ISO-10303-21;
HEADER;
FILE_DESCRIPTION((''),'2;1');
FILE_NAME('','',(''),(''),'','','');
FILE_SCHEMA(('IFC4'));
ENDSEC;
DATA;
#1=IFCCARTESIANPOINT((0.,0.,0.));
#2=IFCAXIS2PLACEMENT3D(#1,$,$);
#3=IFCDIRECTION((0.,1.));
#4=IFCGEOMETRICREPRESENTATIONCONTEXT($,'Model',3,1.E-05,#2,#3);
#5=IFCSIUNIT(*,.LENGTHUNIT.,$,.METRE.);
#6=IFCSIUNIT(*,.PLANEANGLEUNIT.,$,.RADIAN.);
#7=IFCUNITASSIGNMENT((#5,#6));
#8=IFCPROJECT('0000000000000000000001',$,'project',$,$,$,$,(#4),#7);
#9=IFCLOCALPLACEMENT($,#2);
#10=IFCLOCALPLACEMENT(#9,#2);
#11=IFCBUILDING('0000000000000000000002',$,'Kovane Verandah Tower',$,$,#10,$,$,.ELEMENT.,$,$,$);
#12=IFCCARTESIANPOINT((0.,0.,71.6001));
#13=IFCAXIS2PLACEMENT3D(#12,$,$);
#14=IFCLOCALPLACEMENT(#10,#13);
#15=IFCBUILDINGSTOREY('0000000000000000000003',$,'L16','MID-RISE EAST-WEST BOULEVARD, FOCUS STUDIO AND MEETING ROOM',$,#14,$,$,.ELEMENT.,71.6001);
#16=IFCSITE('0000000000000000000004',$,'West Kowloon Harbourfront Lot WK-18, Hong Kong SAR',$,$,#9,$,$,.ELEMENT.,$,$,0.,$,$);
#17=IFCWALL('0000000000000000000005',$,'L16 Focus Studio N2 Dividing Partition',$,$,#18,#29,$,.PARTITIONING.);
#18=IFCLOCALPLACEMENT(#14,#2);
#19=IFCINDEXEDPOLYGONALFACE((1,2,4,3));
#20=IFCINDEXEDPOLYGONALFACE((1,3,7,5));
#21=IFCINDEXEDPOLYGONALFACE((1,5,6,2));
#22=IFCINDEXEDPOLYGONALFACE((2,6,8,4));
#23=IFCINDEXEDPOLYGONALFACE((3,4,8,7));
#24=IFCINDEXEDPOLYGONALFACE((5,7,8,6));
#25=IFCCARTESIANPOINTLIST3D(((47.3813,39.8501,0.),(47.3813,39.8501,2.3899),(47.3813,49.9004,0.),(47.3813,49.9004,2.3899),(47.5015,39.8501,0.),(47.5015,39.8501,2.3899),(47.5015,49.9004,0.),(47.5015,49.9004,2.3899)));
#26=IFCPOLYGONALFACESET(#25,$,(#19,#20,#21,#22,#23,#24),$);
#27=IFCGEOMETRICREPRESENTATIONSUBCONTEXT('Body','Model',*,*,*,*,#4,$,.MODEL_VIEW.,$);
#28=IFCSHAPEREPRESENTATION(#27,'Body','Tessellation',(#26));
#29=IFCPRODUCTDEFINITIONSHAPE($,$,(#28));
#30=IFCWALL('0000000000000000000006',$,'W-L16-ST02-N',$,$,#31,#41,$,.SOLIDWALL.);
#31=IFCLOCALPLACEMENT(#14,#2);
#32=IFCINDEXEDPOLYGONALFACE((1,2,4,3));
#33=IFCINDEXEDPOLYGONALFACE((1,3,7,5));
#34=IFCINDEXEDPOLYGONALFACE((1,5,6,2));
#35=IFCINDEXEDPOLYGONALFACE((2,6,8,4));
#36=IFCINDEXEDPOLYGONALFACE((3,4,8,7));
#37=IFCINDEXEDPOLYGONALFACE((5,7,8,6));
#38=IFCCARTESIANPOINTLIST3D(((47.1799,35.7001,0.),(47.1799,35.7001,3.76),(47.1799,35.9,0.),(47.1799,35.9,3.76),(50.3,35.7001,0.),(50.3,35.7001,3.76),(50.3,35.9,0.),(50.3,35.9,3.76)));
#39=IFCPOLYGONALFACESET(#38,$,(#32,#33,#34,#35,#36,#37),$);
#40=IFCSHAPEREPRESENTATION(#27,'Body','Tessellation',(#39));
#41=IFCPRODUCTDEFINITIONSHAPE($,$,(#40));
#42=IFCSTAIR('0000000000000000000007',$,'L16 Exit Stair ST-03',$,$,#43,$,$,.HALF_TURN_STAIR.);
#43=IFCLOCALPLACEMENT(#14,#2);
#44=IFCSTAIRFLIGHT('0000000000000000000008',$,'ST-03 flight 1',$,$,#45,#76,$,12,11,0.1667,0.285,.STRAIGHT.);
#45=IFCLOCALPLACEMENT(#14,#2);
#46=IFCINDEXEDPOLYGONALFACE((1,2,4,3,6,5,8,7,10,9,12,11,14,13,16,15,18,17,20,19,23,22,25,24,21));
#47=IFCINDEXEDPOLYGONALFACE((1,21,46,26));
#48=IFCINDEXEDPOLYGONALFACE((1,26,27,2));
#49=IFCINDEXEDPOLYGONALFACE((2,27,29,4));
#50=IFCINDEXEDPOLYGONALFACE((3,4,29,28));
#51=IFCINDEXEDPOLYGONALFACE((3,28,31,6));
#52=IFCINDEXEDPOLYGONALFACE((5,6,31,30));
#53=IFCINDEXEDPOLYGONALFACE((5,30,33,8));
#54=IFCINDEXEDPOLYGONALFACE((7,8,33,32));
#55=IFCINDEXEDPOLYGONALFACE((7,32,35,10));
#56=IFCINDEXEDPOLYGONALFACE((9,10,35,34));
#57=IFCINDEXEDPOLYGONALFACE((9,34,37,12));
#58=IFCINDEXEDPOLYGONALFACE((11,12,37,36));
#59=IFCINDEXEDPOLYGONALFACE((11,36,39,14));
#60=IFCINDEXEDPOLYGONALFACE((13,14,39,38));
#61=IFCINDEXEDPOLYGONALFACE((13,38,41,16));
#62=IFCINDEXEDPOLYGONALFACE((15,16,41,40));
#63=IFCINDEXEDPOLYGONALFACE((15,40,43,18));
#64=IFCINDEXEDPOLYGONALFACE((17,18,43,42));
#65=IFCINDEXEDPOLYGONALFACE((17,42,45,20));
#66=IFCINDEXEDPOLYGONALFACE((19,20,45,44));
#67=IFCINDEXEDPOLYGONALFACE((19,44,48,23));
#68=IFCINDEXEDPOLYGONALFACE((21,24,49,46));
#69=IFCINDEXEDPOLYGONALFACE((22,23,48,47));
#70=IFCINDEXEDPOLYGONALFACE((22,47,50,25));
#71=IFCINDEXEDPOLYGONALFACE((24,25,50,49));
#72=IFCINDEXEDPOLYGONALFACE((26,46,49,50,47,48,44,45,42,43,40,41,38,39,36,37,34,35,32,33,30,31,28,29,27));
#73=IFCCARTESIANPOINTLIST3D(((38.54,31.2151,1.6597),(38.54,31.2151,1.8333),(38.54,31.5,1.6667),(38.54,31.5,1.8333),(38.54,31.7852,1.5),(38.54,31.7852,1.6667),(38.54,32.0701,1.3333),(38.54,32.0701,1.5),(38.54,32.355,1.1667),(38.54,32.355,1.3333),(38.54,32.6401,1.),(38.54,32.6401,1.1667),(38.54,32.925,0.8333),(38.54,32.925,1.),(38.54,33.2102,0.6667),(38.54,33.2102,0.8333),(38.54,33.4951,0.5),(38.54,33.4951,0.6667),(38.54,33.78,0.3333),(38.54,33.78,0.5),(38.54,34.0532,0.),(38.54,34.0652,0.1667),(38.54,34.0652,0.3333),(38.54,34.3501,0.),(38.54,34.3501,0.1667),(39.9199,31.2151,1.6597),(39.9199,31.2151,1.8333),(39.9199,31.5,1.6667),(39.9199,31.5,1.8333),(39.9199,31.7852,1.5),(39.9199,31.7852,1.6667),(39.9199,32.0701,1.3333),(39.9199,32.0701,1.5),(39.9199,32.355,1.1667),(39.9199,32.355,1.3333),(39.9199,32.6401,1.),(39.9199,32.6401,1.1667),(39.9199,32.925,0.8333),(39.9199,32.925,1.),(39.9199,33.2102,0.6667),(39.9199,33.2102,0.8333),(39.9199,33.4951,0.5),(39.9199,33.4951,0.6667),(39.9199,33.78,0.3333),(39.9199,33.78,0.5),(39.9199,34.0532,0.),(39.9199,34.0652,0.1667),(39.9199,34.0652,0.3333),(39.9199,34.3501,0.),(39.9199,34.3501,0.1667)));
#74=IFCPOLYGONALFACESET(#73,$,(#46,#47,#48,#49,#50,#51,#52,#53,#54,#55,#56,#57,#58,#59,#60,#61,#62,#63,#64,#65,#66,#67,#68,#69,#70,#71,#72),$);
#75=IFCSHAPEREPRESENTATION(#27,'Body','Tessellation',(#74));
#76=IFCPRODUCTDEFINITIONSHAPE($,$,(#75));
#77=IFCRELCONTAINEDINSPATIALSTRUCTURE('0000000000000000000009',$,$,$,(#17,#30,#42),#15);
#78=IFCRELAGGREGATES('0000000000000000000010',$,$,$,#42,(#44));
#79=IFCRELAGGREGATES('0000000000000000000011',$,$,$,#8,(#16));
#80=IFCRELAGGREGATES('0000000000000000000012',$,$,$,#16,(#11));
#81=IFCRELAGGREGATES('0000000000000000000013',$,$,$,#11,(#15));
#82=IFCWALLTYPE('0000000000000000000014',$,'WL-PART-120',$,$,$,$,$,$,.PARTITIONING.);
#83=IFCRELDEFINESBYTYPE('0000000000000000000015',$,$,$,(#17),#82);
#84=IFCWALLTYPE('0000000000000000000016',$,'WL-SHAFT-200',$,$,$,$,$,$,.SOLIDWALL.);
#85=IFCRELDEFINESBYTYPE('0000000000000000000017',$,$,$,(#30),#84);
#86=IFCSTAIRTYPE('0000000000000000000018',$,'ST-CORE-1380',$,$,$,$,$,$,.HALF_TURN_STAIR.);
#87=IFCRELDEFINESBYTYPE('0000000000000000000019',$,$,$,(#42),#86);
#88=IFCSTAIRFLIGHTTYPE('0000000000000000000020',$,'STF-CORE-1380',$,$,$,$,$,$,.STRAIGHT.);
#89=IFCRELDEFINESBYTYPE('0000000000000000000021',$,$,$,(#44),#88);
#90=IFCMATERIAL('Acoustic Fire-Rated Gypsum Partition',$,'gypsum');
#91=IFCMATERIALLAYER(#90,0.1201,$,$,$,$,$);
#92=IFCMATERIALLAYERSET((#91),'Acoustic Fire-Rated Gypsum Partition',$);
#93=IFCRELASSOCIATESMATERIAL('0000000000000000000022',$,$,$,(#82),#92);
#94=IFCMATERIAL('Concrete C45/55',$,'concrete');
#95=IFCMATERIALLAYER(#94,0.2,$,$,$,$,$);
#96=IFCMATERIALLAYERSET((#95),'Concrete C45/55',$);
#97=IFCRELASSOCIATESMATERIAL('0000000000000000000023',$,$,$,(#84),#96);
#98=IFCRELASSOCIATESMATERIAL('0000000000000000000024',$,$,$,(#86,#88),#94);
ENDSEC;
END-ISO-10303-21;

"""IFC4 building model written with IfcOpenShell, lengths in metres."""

from ifc_helpers import new_model, si_unit, direction, frame, frame_2d, origin, place, context, subcontext, project, spatial, polyline, rectangle, outline, extrude, material, layer, layer_set, type_object, element, aggregate, save


model = new_model("IFC4")

# Units and contexts
model_context = context("Model", 3, precision=1e-05, world=origin(), true_north=direction((0.0, 1.0)))
body_context = subcontext(model_context, "Body", "Model", "MODEL_VIEW")
ifc_project = project(units=[si_unit("LENGTHUNIT", "METRE"), si_unit("PLANEANGLEUNIT", "RADIAN")], contexts=[model_context])

# Site, building, storey
site_placement = place(None, origin())
site = spatial("IfcSite", under=ifc_project, at=site_placement, Name="West Kowloon Harbourfront Lot WK-18, Hong Kong SAR", CompositionType="ELEMENT", RefElevation=0.0)
building_placement = place(site_placement, origin())
building = spatial("IfcBuilding", under=site, at=building_placement, Name="Kovane Verandah Tower", CompositionType="ELEMENT")
storey_placement = place(building_placement, frame((0.0, 0.0, 71.6001)))
storey = spatial("IfcBuildingStorey", under=building, at=storey_placement, Name="L16", Description="MID-RISE EAST-WEST BOULEVARD, FOCUS STUDIO AND MEETING ROOM", CompositionType="ELEMENT", Elevation=71.6001)

# Walls
ifc_material_1 = material(Name="Acoustic Fire-Rated Gypsum Partition", Category="gypsum")
ifc_layer_1 = layer(ifc_material_1, 0.1201)
ifc_layer_set_1 = layer_set([ifc_layer_1], Name="Acoustic Fire-Rated Gypsum Partition")
wall_type_1 = type_object("IfcWallType", Name="WL-PART-120", PredefinedType="PARTITIONING", material=ifc_layer_set_1)
wall_1_placement = place(storey_placement, frame((47.4414, 39.8501, 0.0), z_axis=(0.0, 0.0, 1.0), x_axis=(0.0, 1.0, 0.0)))
element("IfcWall", 1, at=wall_1_placement, inside=storey, type_object=wall_type_1, Name="L16 Focus Studio N2 Dividing Partition", PredefinedType="PARTITIONING", context=body_context, shape_type="SweptSolid", body=[
    extrude(rectangle(XDim=10.0503, YDim=0.1201, at=frame_2d((5.0251, 0.0))), origin(), (0.0, 0.0, 1.0), 2.3899),
])
ifc_material_2 = material(Name="Concrete C45/55", Category="concrete")
ifc_layer_2 = layer(ifc_material_2, 0.2)
ifc_layer_set_2 = layer_set([ifc_layer_2], Name="Concrete C45/55")
wall_type_2 = type_object("IfcWallType", Name="WL-SHAFT-200", PredefinedType="SOLIDWALL", material=ifc_layer_set_2)
wall_2_placement = place(storey_placement, frame((47.1799, 35.8, 0.0), z_axis=(0.0, 0.0, 1.0), x_axis=(1.0, 0.0, 0.0)))
element("IfcWall", 2, at=wall_2_placement, inside=storey, type_object=wall_type_2, Name="W-L16-ST02-N", PredefinedType="SOLIDWALL", context=body_context, shape_type="SweptSolid", body=[
    extrude(rectangle(XDim=3.1201, YDim=0.2, at=frame_2d((1.5601, 0.0))), origin(), (0.0, 0.0, 1.0), 3.76),
])

# Stair, stair flight
stair_type = type_object("IfcStairType", Name="ST-CORE-1380", PredefinedType="HALF_TURN_STAIR", material=ifc_material_2)
stair_placement = place(storey_placement, origin())
stair = element("IfcStair", 3, at=stair_placement, inside=storey, type_object=stair_type, Name="L16 Exit Stair ST-03", PredefinedType="HALF_TURN_STAIR")
stair_flight_type = type_object("IfcStairFlightType", Name="STF-CORE-1380", PredefinedType="STRAIGHT", material=ifc_material_2)
stair_flight_placement = place(storey_placement, frame((39.23, 34.3501, 0.0), z_axis=(0.0, 0.0, 1.0), x_axis=(0.0, -1.0, 0.0)))
stair_flight = element("IfcStairFlight", 4, at=stair_flight_placement, type_object=stair_flight_type, Name="ST-03 flight 1", NumberOfRisers=12, NumberOfTreads=11, PredefinedType="STRAIGHT", RiserHeight=0.1667, TreadLength=0.285, context=body_context, shape_type="SweptSolid", body=[
    extrude(outline(polyline([(0.0, 0.0), (0.0, 0.1667), (0.2849, 0.1667), (0.2849, 0.3333), (0.5701, 0.3333), (0.5701, 0.5), (0.855, 0.5), (0.855, 0.6667), (1.1399, 0.6667), (1.1399, 0.8333), (1.425, 0.8333), (1.425, 1.0), (1.71, 1.0), (1.71, 1.1667), (1.9951, 1.1667), (1.9951, 1.3333), (2.28, 1.3333), (2.28, 1.5), (2.5649, 1.5), (2.5649, 1.6667), (2.8501, 1.6667), (2.8501, 1.8333), (3.135, 1.8333), (3.135, 2.0), (3.135, 1.6597), (0.2969, 0.0), (0.0, 0.0)])), frame((0.0, 0.6899, 0.0), z_axis=(0.0, -1.0, 0.0), x_axis=(1.0, 0.0, 0.0)), (0.0, 0.0, 1.0), 1.3799),
])
aggregate(stair, [stair_flight])

save(model, "model.ifc")
